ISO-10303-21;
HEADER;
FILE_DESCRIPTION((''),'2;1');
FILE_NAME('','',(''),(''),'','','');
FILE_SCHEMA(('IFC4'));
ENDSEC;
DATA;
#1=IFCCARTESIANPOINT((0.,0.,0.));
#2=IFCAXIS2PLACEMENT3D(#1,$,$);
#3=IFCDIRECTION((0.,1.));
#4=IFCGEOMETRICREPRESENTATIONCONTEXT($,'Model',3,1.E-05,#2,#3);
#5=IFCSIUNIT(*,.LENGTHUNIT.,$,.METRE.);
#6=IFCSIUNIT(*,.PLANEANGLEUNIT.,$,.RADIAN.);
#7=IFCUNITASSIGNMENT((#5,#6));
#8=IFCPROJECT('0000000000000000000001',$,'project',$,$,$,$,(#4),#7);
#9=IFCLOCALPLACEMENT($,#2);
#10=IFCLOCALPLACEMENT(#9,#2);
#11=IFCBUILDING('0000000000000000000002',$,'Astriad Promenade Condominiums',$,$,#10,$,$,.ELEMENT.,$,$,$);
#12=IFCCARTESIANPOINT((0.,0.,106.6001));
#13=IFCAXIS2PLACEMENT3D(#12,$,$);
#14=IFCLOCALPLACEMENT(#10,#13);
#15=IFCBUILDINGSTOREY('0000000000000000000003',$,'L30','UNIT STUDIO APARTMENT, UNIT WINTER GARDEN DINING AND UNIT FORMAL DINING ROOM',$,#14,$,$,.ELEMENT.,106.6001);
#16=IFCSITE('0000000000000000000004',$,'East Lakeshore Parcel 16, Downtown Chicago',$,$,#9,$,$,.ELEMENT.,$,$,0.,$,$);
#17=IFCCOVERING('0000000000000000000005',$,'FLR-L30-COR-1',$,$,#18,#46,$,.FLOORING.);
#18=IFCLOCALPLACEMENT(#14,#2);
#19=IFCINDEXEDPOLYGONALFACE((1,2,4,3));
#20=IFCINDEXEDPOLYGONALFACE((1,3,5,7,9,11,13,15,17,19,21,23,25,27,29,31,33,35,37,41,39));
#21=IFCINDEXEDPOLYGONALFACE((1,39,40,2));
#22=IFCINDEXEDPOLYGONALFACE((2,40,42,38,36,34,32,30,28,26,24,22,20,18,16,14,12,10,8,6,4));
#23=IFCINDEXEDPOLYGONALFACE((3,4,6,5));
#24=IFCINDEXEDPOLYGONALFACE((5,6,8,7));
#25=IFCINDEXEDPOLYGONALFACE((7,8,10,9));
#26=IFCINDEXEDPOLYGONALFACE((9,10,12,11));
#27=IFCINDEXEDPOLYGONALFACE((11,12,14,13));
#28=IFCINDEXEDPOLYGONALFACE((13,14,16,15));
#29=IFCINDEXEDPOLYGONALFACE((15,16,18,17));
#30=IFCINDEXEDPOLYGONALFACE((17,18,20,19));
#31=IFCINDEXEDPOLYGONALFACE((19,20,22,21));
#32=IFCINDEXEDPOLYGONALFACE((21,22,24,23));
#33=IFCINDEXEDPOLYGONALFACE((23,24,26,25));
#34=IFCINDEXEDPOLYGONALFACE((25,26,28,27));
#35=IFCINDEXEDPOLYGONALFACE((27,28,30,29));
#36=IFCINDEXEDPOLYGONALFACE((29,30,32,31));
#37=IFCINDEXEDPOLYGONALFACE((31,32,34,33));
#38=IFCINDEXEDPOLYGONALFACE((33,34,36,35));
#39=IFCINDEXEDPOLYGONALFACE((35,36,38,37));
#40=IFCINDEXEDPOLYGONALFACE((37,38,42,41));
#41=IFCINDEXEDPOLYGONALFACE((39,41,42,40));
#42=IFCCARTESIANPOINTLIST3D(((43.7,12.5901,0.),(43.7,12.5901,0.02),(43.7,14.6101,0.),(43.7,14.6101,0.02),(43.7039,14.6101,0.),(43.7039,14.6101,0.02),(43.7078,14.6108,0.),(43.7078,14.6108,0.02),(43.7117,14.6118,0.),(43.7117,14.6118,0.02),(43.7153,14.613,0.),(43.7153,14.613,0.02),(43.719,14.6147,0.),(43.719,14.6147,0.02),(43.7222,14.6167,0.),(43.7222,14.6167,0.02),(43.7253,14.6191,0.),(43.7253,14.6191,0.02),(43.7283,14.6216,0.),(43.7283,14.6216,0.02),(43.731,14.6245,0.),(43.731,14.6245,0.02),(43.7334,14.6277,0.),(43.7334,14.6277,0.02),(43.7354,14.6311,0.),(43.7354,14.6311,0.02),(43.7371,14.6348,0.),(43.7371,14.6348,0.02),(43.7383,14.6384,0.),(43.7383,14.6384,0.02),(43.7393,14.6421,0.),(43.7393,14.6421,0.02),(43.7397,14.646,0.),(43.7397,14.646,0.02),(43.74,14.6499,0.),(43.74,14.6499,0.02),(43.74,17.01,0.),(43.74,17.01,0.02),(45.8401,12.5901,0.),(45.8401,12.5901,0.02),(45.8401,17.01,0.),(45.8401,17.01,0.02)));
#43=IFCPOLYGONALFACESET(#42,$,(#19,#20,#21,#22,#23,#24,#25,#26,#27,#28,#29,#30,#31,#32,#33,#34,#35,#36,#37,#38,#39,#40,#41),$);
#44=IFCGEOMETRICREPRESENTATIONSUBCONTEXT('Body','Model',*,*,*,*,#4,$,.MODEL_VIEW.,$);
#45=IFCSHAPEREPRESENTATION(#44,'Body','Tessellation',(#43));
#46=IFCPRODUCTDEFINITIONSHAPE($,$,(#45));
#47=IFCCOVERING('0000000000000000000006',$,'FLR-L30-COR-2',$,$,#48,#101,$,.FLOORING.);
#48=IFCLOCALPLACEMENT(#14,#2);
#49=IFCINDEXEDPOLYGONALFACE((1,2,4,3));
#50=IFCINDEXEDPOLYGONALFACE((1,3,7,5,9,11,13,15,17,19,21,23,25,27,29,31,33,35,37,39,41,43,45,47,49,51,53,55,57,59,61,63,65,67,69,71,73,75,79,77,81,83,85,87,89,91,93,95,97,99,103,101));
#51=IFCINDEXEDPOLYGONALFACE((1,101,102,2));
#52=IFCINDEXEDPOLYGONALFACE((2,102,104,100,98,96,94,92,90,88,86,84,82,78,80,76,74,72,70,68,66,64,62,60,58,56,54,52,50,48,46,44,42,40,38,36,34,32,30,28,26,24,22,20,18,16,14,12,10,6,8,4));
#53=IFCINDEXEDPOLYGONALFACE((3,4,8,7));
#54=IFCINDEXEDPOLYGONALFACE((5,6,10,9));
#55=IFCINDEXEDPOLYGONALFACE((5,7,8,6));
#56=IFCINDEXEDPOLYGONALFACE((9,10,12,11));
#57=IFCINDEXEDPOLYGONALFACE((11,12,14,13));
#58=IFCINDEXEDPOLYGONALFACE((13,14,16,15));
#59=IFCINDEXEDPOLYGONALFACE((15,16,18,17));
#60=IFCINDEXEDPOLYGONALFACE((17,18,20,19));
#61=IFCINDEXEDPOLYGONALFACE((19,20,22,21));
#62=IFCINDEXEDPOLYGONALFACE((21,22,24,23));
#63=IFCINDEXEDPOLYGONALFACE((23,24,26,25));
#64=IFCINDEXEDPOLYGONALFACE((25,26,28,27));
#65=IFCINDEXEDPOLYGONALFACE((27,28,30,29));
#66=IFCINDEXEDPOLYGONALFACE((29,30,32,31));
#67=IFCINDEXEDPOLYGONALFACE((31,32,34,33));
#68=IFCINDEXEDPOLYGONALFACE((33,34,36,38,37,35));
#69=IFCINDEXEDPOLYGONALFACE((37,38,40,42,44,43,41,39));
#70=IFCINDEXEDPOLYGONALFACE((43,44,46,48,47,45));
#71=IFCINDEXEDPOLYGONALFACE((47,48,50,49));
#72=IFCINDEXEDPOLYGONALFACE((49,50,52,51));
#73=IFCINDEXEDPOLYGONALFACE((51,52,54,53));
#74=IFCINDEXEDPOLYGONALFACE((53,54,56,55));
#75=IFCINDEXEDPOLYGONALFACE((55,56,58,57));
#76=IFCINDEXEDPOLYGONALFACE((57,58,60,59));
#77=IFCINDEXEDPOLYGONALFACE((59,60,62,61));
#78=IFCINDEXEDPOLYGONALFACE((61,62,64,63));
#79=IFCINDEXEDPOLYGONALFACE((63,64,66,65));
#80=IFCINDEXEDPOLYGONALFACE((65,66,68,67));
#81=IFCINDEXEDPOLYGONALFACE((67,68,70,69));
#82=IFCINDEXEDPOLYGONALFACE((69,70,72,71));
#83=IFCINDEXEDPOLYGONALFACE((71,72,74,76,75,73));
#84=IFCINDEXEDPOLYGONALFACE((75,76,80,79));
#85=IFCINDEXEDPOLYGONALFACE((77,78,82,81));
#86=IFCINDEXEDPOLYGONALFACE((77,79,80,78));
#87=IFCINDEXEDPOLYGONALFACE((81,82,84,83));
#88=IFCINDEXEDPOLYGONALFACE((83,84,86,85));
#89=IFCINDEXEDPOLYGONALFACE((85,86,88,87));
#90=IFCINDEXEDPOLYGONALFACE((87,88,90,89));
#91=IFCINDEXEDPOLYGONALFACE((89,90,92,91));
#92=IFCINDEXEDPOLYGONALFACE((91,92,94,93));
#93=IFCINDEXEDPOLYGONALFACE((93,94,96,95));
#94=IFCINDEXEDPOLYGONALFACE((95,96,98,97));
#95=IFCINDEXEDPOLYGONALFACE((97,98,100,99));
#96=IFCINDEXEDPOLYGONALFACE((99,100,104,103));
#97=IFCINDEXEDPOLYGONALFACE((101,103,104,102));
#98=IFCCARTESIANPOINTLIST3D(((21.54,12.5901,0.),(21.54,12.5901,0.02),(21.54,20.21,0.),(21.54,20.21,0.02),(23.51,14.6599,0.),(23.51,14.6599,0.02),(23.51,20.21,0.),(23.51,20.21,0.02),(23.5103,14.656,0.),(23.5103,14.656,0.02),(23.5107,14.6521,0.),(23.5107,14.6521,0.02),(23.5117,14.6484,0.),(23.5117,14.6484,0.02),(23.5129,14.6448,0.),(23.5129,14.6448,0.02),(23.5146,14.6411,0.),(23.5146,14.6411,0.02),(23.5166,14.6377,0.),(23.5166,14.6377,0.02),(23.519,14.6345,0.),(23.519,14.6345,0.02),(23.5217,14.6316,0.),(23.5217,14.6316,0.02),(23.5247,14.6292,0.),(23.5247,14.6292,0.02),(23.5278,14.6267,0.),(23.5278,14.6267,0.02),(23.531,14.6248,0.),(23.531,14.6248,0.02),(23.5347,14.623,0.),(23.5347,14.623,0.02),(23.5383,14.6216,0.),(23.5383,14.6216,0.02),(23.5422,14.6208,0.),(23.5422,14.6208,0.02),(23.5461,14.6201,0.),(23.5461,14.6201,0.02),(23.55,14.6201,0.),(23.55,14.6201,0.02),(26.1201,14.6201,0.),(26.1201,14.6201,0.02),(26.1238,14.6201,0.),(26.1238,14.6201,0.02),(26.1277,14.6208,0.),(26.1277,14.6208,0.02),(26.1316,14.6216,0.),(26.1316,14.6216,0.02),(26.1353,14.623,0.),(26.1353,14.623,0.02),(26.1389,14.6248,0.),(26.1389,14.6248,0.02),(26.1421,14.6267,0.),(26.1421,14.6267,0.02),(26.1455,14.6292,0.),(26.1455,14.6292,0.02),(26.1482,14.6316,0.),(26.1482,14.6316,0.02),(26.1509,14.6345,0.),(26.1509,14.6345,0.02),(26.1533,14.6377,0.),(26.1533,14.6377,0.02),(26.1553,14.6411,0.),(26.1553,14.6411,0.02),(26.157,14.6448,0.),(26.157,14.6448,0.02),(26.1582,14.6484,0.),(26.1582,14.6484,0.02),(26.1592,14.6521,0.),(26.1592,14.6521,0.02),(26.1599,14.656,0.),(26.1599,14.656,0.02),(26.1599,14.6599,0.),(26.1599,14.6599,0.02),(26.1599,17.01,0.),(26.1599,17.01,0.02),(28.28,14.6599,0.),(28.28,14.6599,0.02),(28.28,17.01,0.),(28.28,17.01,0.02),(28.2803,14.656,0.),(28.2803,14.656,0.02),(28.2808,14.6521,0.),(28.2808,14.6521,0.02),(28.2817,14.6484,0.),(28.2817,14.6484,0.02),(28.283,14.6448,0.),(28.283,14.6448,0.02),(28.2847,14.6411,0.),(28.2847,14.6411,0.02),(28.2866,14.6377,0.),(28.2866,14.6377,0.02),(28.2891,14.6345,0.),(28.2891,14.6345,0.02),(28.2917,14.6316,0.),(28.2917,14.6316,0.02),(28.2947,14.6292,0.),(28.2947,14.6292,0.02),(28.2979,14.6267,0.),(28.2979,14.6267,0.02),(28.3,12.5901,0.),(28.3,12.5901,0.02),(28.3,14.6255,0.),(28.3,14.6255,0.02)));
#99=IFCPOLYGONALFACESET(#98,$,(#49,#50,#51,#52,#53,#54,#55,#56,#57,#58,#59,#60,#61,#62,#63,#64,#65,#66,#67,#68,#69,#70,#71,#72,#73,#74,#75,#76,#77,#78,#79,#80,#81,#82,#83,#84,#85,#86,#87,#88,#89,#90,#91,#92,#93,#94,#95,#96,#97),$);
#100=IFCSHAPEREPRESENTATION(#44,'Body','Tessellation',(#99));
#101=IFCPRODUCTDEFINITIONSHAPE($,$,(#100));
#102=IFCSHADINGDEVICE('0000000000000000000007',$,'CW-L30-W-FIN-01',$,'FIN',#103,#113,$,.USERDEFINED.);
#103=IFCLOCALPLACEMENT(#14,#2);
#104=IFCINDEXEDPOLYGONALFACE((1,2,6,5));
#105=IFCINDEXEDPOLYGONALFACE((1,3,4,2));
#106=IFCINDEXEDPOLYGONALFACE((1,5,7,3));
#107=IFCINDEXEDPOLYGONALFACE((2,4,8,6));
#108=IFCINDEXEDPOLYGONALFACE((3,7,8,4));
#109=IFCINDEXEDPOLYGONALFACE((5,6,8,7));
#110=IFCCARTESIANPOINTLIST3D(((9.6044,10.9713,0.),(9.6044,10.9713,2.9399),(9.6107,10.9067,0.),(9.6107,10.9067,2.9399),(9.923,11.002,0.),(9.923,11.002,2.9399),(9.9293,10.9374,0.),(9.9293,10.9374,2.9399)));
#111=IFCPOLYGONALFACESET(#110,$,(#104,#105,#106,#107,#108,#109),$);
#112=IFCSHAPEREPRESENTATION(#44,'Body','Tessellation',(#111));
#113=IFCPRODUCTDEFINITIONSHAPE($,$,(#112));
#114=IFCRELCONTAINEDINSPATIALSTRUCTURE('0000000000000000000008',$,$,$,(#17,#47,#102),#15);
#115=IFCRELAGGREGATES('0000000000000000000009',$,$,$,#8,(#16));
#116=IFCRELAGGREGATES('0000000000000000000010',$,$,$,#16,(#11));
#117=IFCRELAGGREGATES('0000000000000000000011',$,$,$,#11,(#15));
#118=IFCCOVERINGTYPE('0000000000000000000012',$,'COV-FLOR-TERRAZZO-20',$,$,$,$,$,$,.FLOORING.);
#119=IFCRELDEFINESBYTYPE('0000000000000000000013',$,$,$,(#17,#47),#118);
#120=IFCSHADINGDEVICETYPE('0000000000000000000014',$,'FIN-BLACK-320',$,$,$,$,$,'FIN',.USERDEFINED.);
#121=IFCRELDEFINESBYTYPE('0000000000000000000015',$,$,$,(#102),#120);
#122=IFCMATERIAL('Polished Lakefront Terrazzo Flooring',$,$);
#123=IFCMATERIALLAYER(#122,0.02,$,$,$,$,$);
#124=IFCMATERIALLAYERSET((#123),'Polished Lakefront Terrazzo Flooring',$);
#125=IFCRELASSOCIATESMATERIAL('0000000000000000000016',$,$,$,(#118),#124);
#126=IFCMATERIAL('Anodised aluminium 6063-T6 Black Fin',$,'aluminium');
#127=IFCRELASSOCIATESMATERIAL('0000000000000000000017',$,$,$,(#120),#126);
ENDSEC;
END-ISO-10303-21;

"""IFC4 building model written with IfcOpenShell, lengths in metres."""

from ifc_helpers import new_model, si_unit, direction, frame, origin, origin_2d, place, context, subcontext, project, spatial, polyline, rectangle, outline, extrude, source, transform, mapped, material, layer, layer_set, type_object, type_shapes, element, save


model = new_model("IFC4")

# Units and contexts
model_context = context("Model", 3, precision=1e-05, world=origin(), true_north=direction((0.0, 1.0)))
body_context = subcontext(model_context, "Body", "Model", "MODEL_VIEW")
ifc_project = project(units=[si_unit("LENGTHUNIT", "METRE"), si_unit("PLANEANGLEUNIT", "RADIAN")], contexts=[model_context])

# Site, building, storey
site_placement = place(None, origin())
site = spatial("IfcSite", under=ifc_project, at=site_placement, Name="East Lakeshore Parcel 16, Downtown Chicago", CompositionType="ELEMENT", RefElevation=0.0)
building_placement = place(site_placement, origin())
building = spatial("IfcBuilding", under=site, at=building_placement, Name="Astriad Promenade Condominiums", CompositionType="ELEMENT")
storey_placement = place(building_placement, frame((0.0, 0.0, 106.6001)))
storey = spatial("IfcBuildingStorey", under=building, at=storey_placement, Name="L30", Description="UNIT STUDIO APARTMENT, UNIT WINTER GARDEN DINING AND UNIT FORMAL DINING ROOM", CompositionType="ELEMENT", Elevation=106.6001)

# Coverings
ifc_material_1 = material(Name="Polished Lakefront Terrazzo Flooring")
ifc_layer_1 = layer(ifc_material_1, 0.02)
ifc_layer_set_1 = layer_set([ifc_layer_1], Name="Polished Lakefront Terrazzo Flooring")
covering_type = type_object("IfcCoveringType", Name="COV-FLOR-TERRAZZO-20", PredefinedType="FLOORING", material=ifc_layer_set_1)
covering_1_placement = place(storey_placement, origin())
element("IfcCovering", 1, at=covering_1_placement, inside=storey, type_object=covering_type, Name="FLR-L30-COR-1", PredefinedType="FLOORING", context=body_context, shape_type="SweptSolid", body=[
    extrude(outline(polyline([(43.7, 12.5901), (43.7, 14.6101), (43.7039, 14.6101), (43.7078, 14.6108), (43.7117, 14.6118), (43.7153, 14.613), (43.719, 14.6147), (43.7222, 14.6167), (43.7253, 14.6191), (43.7283, 14.6216), (43.731, 14.6245), (43.7334, 14.6277), (43.7354, 14.6311), (43.7371, 14.6348), (43.7383, 14.6384), (43.7393, 14.6421), (43.7397, 14.646), (43.74, 14.6499), (43.74, 17.01), (45.8401, 17.01), (45.8401, 12.5901), (43.7, 12.5901)])), origin(), (0.0, 0.0, 1.0), 0.02),
])
covering_2_placement = place(storey_placement, origin())
element("IfcCovering", 2, at=covering_2_placement, inside=storey, type_object=covering_type, Name="FLR-L30-COR-2", PredefinedType="FLOORING", context=body_context, shape_type="SweptSolid", body=[
    extrude(outline(polyline([(28.3, 12.5901), (21.54, 12.5901), (21.54, 20.21), (23.51, 20.21), (23.51, 14.6599), (23.5103, 14.656), (23.5107, 14.6521), (23.5117, 14.6484), (23.5129, 14.6448), (23.5146, 14.6411), (23.5166, 14.6377), (23.519, 14.6345), (23.5217, 14.6316), (23.5247, 14.6292), (23.5278, 14.6267), (23.531, 14.6248), (23.5347, 14.623), (23.5383, 14.6216), (23.5422, 14.6208), (23.5461, 14.6201), (23.55, 14.6201), (26.1201, 14.6201), (26.1238, 14.6201), (26.1277, 14.6208), (26.1316, 14.6216), (26.1353, 14.623), (26.1389, 14.6248), (26.1421, 14.6267), (26.1455, 14.6292), (26.1482, 14.6316), (26.1509, 14.6345), (26.1533, 14.6377), (26.1553, 14.6411), (26.157, 14.6448), (26.1582, 14.6484), (26.1592, 14.6521), (26.1599, 14.656), (26.1599, 14.6599), (26.1599, 17.01), (28.28, 17.01), (28.28, 14.6599), (28.2803, 14.656), (28.2808, 14.6521), (28.2817, 14.6484), (28.283, 14.6448), (28.2847, 14.6411), (28.2866, 14.6377), (28.2891, 14.6345), (28.2917, 14.6316), (28.2947, 14.6292), (28.2979, 14.6267), (28.3, 14.6255), (28.3, 12.5901)])), origin(), (0.0, 0.0, 1.0), 0.02),
])

# Shading device
ifc_material_2 = material(Name="Anodised aluminium 6063-T6 Black Fin", Category="aluminium")
shading_device_type = type_object("IfcShadingDeviceType", Name="FIN-BLACK-320", ElementType="FIN", PredefinedType="USERDEFINED", material=ifc_material_2)
shared_shape_1 = source(origin(), body_context, "Body", "SweptSolid", [
    extrude(rectangle(XDim=0.0649, YDim=0.3201, at=origin_2d()), origin(), (0.0, 0.0, 1.0), 2.9399),
])
type_shapes(shading_device_type, [shared_shape_1])
shading_device_placement = place(storey_placement, frame((9.7668, 10.9543, 0.0), z_axis=(0.0, 0.0, 1.0), x_axis=(-0.095846, 0.995396, 0.0)))
element("IfcShadingDevice", 3, at=shading_device_placement, inside=storey, type_object=shading_device_type, Name="CW-L30-W-FIN-01", ObjectType="FIN", PredefinedType="USERDEFINED", context=body_context, shape_type="MappedRepresentation", body=[
    mapped(shared_shape_1, transform((0.0, 0.0, 0.0), scale=1.0)),
])

save(model, "model.ifc")
